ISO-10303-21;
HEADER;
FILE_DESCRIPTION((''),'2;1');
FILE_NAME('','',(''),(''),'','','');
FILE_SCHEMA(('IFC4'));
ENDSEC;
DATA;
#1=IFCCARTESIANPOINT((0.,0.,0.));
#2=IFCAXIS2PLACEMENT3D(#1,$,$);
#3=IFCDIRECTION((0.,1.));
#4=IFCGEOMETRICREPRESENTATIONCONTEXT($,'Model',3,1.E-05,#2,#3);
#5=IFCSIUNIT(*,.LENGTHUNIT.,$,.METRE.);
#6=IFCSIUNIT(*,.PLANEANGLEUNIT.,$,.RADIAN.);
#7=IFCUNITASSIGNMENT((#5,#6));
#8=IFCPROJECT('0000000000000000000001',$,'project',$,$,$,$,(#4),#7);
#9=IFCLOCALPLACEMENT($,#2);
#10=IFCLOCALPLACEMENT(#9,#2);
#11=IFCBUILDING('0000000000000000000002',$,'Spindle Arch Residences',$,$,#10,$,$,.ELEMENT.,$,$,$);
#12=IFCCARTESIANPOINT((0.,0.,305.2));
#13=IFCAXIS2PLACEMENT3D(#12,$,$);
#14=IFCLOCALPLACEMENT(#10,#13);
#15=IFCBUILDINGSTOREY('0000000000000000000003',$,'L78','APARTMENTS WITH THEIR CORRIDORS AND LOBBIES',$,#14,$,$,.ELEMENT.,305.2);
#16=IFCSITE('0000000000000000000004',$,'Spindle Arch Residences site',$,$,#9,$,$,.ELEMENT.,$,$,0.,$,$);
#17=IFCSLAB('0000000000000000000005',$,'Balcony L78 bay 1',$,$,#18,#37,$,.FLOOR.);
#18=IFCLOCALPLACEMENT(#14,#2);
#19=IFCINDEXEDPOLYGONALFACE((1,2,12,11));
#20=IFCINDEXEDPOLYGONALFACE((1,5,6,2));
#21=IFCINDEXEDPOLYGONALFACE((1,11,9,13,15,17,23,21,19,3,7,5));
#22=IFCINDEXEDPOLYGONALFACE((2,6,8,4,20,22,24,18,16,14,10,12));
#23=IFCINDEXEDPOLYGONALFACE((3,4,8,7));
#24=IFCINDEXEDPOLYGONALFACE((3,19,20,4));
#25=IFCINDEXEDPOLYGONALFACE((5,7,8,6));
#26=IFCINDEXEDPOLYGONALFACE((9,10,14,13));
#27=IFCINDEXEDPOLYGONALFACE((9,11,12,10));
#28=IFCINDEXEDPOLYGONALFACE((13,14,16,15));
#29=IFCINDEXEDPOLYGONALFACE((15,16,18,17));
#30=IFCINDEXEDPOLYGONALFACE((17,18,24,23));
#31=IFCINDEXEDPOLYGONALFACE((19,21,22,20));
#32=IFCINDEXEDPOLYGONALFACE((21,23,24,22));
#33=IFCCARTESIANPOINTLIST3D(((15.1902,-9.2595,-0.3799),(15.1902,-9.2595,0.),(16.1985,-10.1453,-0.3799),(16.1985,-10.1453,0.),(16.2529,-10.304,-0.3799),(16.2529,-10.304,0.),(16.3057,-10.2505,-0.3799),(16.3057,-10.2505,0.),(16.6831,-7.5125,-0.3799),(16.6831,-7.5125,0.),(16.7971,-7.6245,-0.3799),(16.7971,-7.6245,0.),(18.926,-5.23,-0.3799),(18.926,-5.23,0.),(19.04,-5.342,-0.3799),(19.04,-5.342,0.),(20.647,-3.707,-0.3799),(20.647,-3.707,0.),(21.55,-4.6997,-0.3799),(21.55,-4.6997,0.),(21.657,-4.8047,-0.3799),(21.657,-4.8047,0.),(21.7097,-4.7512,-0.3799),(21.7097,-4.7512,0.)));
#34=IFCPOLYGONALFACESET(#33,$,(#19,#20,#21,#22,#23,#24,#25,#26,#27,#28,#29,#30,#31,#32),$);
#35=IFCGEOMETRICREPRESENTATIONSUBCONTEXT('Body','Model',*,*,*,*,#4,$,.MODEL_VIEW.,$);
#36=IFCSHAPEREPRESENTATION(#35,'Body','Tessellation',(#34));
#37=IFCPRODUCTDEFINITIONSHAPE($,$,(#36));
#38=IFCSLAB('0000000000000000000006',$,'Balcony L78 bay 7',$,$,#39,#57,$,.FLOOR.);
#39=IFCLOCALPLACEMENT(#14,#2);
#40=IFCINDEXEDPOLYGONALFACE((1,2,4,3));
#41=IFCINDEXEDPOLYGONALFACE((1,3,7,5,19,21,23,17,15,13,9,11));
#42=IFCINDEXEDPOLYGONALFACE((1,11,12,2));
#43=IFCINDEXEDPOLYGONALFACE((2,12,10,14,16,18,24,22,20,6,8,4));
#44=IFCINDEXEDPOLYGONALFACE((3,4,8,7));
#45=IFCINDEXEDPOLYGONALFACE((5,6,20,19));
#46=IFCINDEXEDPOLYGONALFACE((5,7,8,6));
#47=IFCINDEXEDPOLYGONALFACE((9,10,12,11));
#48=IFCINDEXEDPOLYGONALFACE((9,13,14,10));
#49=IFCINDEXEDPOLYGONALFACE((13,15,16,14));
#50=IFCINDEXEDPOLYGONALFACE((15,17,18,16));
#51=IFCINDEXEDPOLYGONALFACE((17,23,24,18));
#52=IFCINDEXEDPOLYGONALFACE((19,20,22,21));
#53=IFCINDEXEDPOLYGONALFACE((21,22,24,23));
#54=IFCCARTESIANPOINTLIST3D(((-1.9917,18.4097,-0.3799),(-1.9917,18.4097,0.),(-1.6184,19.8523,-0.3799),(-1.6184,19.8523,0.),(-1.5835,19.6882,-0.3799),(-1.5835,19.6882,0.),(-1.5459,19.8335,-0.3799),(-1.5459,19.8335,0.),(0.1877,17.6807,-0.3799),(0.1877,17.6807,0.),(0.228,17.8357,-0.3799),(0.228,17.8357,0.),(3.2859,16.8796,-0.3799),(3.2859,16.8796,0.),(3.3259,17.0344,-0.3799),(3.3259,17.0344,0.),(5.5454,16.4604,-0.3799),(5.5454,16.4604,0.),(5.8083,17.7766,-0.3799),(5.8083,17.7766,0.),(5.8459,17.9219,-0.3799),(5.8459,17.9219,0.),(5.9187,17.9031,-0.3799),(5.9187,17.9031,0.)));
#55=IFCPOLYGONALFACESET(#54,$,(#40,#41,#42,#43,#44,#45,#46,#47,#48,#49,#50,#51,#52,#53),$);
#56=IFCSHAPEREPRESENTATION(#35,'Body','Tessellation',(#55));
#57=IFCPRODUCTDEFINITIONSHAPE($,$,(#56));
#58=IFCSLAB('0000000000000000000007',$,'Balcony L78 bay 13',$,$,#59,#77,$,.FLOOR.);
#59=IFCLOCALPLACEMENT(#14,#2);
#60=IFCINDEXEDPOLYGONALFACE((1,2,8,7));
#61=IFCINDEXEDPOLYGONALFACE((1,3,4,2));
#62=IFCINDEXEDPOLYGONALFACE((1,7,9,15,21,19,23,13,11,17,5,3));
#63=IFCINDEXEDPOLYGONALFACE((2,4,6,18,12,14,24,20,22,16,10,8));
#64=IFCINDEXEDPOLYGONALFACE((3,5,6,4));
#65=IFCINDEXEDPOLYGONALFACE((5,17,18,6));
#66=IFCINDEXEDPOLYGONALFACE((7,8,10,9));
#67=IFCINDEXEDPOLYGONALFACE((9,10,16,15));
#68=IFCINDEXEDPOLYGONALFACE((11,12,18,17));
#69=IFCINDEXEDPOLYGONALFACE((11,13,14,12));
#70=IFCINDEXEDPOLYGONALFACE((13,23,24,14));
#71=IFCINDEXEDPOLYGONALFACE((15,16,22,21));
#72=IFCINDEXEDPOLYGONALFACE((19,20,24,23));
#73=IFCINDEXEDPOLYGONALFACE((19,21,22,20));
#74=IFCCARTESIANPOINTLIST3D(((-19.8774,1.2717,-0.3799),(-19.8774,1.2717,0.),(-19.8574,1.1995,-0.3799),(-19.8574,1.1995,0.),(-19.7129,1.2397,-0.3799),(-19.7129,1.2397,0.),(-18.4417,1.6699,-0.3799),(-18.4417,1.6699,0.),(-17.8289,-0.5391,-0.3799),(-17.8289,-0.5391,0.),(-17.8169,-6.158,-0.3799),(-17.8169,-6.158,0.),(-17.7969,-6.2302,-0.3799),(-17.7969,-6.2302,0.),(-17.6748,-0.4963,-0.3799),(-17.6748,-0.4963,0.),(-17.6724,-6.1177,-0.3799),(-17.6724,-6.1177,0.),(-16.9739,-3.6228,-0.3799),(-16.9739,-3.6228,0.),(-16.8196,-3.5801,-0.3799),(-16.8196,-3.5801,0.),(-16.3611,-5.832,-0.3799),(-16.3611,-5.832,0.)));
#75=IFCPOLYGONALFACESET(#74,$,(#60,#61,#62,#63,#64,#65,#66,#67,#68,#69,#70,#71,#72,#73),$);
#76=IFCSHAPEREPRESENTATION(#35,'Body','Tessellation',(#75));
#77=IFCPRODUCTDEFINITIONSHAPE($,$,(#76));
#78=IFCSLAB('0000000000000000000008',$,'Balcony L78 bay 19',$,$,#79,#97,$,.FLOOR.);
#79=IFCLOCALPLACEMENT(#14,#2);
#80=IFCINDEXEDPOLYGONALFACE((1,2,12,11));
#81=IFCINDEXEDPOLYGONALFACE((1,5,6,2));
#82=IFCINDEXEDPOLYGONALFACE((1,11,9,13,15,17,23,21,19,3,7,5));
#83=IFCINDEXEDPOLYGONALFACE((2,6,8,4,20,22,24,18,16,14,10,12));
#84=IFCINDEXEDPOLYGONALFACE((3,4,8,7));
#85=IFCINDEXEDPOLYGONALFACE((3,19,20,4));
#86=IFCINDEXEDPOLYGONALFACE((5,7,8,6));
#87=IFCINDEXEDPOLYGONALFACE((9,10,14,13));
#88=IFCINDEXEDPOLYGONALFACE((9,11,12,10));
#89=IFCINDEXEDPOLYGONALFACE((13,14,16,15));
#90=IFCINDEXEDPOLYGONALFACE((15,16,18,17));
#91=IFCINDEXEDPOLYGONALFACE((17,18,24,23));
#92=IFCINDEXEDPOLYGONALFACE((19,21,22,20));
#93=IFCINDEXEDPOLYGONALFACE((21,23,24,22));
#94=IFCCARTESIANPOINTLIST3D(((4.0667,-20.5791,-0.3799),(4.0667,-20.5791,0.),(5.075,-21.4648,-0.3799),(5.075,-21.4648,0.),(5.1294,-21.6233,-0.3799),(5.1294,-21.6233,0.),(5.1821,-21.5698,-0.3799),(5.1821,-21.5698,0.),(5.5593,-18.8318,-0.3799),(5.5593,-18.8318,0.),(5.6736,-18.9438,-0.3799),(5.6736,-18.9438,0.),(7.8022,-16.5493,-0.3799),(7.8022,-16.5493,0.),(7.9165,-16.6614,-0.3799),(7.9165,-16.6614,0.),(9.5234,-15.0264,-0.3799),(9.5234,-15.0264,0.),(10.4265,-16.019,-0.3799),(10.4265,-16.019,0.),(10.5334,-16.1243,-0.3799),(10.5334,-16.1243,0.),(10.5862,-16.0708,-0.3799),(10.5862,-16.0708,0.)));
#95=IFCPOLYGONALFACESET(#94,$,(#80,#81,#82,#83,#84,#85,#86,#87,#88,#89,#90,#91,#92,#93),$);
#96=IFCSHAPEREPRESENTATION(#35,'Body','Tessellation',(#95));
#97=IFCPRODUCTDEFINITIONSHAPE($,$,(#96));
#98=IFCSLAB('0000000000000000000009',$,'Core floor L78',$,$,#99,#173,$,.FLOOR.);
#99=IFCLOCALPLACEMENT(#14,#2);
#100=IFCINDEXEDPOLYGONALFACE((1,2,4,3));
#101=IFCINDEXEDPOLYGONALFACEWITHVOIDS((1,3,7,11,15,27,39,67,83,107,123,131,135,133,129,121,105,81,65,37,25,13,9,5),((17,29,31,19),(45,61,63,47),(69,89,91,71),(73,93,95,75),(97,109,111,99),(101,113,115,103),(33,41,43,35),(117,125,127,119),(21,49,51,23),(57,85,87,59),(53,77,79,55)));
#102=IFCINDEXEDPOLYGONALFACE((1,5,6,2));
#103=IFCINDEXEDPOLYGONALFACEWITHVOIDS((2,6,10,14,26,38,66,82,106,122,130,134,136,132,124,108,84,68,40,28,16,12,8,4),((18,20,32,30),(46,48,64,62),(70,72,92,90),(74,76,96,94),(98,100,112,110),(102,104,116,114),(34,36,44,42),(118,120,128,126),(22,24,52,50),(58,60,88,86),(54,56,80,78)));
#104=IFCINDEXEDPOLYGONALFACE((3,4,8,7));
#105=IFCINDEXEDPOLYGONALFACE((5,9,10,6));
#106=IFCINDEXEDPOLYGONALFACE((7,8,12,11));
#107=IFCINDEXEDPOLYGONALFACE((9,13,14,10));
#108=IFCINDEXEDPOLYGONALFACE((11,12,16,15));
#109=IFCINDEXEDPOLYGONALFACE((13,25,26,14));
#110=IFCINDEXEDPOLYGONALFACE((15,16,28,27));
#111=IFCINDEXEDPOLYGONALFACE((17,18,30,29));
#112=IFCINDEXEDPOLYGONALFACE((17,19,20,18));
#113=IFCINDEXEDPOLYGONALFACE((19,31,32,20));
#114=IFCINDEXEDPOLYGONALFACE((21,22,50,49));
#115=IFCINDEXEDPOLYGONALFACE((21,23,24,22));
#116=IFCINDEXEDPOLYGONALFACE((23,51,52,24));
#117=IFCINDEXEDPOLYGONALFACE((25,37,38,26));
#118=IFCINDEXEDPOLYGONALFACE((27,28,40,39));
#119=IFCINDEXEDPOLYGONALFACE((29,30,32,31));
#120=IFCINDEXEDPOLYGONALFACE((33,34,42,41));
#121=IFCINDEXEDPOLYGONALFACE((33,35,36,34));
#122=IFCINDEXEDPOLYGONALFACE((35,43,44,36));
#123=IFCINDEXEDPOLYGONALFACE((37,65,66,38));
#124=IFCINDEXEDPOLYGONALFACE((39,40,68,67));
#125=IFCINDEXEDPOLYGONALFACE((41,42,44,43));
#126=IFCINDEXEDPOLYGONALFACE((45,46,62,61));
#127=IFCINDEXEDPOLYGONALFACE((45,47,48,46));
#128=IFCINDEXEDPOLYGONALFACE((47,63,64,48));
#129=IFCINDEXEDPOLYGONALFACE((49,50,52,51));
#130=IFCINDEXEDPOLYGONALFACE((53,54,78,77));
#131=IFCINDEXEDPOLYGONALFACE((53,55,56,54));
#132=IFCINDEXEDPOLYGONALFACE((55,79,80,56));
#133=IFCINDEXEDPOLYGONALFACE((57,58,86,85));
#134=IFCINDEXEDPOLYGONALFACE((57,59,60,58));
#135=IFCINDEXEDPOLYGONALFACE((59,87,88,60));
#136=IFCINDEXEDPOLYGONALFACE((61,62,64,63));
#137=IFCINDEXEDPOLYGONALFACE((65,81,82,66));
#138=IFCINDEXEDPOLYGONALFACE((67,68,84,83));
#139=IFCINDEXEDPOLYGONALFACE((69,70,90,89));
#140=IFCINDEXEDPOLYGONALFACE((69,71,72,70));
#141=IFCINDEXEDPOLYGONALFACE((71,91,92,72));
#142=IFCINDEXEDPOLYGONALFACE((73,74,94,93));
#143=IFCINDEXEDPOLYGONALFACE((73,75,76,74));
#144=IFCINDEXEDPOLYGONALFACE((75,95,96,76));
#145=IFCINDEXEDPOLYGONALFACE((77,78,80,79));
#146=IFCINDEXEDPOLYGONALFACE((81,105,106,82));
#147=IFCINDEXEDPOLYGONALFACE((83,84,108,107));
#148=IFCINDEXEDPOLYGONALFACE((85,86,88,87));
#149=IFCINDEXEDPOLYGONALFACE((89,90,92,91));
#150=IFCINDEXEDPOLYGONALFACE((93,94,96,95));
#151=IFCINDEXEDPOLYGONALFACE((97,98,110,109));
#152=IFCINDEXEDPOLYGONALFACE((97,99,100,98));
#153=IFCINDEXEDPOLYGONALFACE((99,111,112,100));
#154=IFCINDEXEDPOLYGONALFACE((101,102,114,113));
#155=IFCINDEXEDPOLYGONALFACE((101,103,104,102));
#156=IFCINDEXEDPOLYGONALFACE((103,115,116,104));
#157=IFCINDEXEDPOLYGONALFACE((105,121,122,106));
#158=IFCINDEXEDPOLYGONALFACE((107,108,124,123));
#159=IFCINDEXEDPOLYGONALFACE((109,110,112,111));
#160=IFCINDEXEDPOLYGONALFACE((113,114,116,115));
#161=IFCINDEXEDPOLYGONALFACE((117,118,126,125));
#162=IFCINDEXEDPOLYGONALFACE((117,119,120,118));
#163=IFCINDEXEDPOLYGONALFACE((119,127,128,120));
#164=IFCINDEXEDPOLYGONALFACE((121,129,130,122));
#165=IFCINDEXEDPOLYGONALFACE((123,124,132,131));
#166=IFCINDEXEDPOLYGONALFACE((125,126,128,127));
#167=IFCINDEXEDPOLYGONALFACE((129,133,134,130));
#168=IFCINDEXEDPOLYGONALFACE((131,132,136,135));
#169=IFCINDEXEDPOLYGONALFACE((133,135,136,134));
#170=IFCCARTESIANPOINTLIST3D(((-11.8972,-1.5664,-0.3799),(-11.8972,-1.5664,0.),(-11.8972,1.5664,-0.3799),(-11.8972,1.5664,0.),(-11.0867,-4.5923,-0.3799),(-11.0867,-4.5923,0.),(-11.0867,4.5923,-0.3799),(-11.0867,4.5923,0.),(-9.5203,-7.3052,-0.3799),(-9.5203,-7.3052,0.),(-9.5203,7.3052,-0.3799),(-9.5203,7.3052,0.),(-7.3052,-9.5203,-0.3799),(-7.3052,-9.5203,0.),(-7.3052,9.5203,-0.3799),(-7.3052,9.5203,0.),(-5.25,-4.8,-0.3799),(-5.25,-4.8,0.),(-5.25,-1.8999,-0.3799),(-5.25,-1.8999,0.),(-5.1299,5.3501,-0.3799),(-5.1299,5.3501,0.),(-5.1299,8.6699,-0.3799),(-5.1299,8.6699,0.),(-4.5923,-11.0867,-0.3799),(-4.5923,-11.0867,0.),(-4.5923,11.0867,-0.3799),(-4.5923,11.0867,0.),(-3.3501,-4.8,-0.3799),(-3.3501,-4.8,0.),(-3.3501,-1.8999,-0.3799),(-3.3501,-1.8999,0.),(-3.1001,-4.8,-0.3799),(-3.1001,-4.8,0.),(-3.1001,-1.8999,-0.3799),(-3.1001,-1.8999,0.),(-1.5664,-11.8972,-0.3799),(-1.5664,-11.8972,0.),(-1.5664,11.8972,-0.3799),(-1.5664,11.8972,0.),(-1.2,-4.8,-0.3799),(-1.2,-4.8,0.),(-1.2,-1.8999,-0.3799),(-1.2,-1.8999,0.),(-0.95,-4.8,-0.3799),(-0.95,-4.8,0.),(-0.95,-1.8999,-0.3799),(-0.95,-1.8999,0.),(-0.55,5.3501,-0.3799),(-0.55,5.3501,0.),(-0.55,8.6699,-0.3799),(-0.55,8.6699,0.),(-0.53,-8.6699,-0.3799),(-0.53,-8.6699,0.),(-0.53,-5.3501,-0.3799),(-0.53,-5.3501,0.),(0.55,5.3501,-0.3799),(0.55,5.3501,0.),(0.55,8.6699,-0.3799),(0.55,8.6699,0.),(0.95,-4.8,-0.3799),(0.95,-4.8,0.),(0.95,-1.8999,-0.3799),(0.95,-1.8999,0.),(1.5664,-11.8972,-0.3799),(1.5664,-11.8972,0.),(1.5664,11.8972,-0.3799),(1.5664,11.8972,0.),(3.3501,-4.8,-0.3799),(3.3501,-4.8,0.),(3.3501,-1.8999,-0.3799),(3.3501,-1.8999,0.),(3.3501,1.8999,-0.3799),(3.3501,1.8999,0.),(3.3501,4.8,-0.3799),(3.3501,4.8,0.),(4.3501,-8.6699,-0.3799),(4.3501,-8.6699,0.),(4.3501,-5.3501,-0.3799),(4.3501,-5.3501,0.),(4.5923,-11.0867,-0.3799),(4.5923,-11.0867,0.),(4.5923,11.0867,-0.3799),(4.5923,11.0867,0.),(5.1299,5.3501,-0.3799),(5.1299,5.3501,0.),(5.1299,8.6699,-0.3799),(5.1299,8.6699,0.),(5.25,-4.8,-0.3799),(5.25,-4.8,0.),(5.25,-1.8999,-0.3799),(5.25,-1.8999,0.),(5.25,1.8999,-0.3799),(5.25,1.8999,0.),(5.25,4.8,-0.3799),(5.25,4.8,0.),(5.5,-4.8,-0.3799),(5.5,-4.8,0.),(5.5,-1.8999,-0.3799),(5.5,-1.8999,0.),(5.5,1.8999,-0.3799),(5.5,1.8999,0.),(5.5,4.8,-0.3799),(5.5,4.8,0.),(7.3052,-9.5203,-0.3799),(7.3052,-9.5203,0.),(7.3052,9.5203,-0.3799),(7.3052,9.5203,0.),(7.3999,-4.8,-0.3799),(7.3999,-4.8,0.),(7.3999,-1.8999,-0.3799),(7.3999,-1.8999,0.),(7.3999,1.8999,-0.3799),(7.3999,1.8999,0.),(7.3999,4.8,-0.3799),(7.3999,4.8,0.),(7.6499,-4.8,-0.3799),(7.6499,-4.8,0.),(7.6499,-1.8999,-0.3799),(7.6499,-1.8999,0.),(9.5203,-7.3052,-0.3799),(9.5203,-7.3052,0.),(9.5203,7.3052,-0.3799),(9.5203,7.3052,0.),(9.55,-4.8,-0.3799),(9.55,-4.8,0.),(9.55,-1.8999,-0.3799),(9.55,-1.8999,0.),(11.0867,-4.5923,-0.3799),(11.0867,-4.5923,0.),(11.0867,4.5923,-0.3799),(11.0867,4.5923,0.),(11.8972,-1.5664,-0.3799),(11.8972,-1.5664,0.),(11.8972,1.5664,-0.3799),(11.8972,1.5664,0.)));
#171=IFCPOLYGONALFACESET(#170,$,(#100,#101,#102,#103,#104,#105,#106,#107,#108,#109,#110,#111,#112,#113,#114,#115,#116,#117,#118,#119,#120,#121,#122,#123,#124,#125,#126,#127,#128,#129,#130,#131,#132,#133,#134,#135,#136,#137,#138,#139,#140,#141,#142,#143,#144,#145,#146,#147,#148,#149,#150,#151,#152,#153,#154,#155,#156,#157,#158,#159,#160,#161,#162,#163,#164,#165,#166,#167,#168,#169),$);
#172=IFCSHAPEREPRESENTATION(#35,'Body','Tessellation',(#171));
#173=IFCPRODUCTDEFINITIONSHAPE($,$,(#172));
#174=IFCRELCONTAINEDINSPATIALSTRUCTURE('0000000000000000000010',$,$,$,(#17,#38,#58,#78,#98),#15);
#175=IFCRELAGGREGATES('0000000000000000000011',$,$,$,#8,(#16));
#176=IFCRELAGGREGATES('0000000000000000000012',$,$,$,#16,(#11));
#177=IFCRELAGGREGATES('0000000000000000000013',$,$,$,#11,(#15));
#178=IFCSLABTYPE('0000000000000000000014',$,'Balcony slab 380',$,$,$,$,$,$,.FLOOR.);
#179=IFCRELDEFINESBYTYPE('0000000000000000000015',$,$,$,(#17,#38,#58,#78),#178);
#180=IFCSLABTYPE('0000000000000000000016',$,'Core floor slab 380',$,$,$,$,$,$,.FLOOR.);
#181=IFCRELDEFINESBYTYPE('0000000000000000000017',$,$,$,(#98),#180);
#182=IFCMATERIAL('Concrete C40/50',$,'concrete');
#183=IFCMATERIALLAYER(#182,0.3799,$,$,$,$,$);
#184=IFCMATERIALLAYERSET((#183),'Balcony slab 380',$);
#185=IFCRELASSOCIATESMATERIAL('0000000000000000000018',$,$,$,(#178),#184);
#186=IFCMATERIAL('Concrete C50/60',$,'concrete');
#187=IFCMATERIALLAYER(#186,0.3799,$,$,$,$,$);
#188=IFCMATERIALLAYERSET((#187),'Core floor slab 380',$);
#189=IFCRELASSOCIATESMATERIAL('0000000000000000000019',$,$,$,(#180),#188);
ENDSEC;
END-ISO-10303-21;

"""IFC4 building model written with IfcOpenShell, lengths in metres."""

from ifc_helpers import new_model, si_unit, direction, frame, origin, place, context, subcontext, project, spatial, polyline, outline, extrude, material, layer, layer_set, type_object, element, save


model = new_model("IFC4")

# Units and contexts
model_context = context("Model", 3, precision=1e-05, world=origin(), true_north=direction((0.0, 1.0)))
body_context = subcontext(model_context, "Body", "Model", "MODEL_VIEW")
ifc_project = project(units=[si_unit("LENGTHUNIT", "METRE"), si_unit("PLANEANGLEUNIT", "RADIAN")], contexts=[model_context])

# Site, building, storey
site_placement = place(None, origin())
site = spatial("IfcSite", under=ifc_project, at=site_placement, Name="Spindle Arch Residences site", CompositionType="ELEMENT", RefElevation=0.0)
building_placement = place(site_placement, origin())
building = spatial("IfcBuilding", under=site, at=building_placement, Name="Spindle Arch Residences", CompositionType="ELEMENT")
storey_placement = place(building_placement, frame((0.0, 0.0, 305.2)))
storey = spatial("IfcBuildingStorey", under=building, at=storey_placement, Name="L78", Description="APARTMENTS WITH THEIR CORRIDORS AND LOBBIES", CompositionType="ELEMENT", Elevation=305.2)

# Slabs
ifc_material_1 = material(Name="Concrete C40/50", Category="concrete")
ifc_layer_1 = layer(ifc_material_1, 0.3799)
ifc_layer_set_1 = layer_set([ifc_layer_1], Name="Balcony slab 380")
slab_type_1 = type_object("IfcSlabType", Name="Balcony slab 380", PredefinedType="FLOOR", material=ifc_layer_set_1)
slab_1_placement = place(storey_placement, frame((0.0, 0.0, -0.3799)))
element("IfcSlab", 1, at=slab_1_placement, inside=storey, type_object=slab_type_1, Name="Balcony L78 bay 1", PredefinedType="FLOOR", context=body_context, shape_type="SweptSolid", body=[
    extrude(outline(polyline([(16.2529, -10.304), (16.3057, -10.2505), (16.1985, -10.1453), (21.55, -4.6997), (21.657, -4.8047), (21.7097, -4.7512), (20.647, -3.707), (19.04, -5.342), (18.926, -5.23), (16.6831, -7.5125), (16.7971, -7.6245), (15.1902, -9.2595), (16.2529, -10.304)])), origin(), (0.0, 0.0, 1.0), 0.3799),
])
slab_2_placement = place(storey_placement, frame((0.0, 0.0, -0.3799)))
element("IfcSlab", 2, at=slab_2_placement, inside=storey, type_object=slab_type_1, Name="Balcony L78 bay 7", PredefinedType="FLOOR", context=body_context, shape_type="SweptSolid", body=[
    extrude(outline(polyline([(5.9187, 17.9031), (5.8459, 17.9219), (5.8083, 17.7766), (-1.5835, 19.6882), (-1.5459, 19.8335), (-1.6184, 19.8523), (-1.9917, 18.4097), (0.228, 17.8357), (0.1877, 17.6807), (3.2859, 16.8796), (3.3259, 17.0344), (5.5454, 16.4604), (5.9187, 17.9031)])), origin(), (0.0, 0.0, 1.0), 0.3799),
])
slab_3_placement = place(storey_placement, frame((0.0, 0.0, -0.3799)))
element("IfcSlab", 3, at=slab_3_placement, inside=storey, type_object=slab_type_1, Name="Balcony L78 bay 13", PredefinedType="FLOOR", context=body_context, shape_type="SweptSolid", body=[
    extrude(outline(polyline([(-19.8774, 1.2717), (-19.8574, 1.1995), (-19.7129, 1.2397), (-17.6724, -6.1177), (-17.8169, -6.158), (-17.7969, -6.2302), (-16.3611, -5.832), (-16.9739, -3.6228), (-16.8196, -3.5801), (-17.6748, -0.4963), (-17.8289, -0.5391), (-18.4417, 1.6699), (-19.8774, 1.2717)])), origin(), (0.0, 0.0, 1.0), 0.3799),
])
slab_4_placement = place(storey_placement, frame((0.0, 0.0, -0.3799)))
element("IfcSlab", 4, at=slab_4_placement, inside=storey, type_object=slab_type_1, Name="Balcony L78 bay 19", PredefinedType="FLOOR", context=body_context, shape_type="SweptSolid", body=[
    extrude(outline(polyline([(5.1294, -21.6233), (5.1821, -21.5698), (5.075, -21.4648), (10.4265, -16.019), (10.5334, -16.1243), (10.5862, -16.0708), (9.5234, -15.0264), (7.9165, -16.6614), (7.8022, -16.5493), (5.5593, -18.8318), (5.6736, -18.9438), (4.0667, -20.5791), (5.1294, -21.6233)])), origin(), (0.0, 0.0, 1.0), 0.3799),
])
ifc_material_2 = material(Name="Concrete C50/60", Category="concrete")
ifc_layer_2 = layer(ifc_material_2, 0.3799)
ifc_layer_set_2 = layer_set([ifc_layer_2], Name="Core floor slab 380")
slab_type_2 = type_object("IfcSlabType", Name="Core floor slab 380", PredefinedType="FLOOR", material=ifc_layer_set_2)
slab_5_placement = place(storey_placement, frame((0.0, 0.0, -0.3799)))
element("IfcSlab", 5, at=slab_5_placement, inside=storey, type_object=slab_type_2, Name="Core floor L78", PredefinedType="FLOOR", context=body_context, shape_type="SweptSolid", body=[
    extrude(outline(polyline([(1.5664, -11.8972), (4.5923, -11.0867), (7.3052, -9.5203), (9.5203, -7.3052), (11.0867, -4.5923), (11.8972, -1.5664), (11.8972, 1.5664), (11.0867, 4.5923), (9.5203, 7.3052), (7.3052, 9.5203), (4.5923, 11.0867), (1.5664, 11.8972), (-1.5664, 11.8972), (-4.5923, 11.0867), (-7.3052, 9.5203), (-9.5203, 7.3052), (-11.0867, 4.5923), (-11.8972, 1.5664), (-11.8972, -1.5664), (-11.0867, -4.5923), (-9.5203, -7.3052), (-7.3052, -9.5203), (-4.5923, -11.0867), (-1.5664, -11.8972), (1.5664, -11.8972)]), holes=[polyline([(3.3501, 1.8999), (5.25, 1.8999), (5.25, 4.8), (3.3501, 4.8), (3.3501, 1.8999)]), polyline([(5.5, 1.8999), (7.3999, 1.8999), (7.3999, 4.8), (5.5, 4.8), (5.5, 1.8999)]), polyline([(-5.25, -4.8), (-3.3501, -4.8), (-3.3501, -1.8999), (-5.25, -1.8999), (-5.25, -4.8)]), polyline([(-3.1001, -4.8), (-1.2, -4.8), (-1.2, -1.8999), (-3.1001, -1.8999), (-3.1001, -4.8)]), polyline([(-0.95, -4.8), (0.95, -4.8), (0.95, -1.8999), (-0.95, -1.8999), (-0.95, -4.8)]), polyline([(3.3501, -4.8), (5.25, -4.8), (5.25, -1.8999), (3.3501, -1.8999), (3.3501, -4.8)]), polyline([(5.5, -4.8), (7.3999, -4.8), (7.3999, -1.8999), (5.5, -1.8999), (5.5, -4.8)]), polyline([(7.6499, -4.8), (9.55, -4.8), (9.55, -1.8999), (7.6499, -1.8999), (7.6499, -4.8)]), polyline([(5.1299, 8.6699), (0.55, 8.6699), (0.55, 5.3501), (5.1299, 5.3501), (5.1299, 8.6699)]), polyline([(-5.1299, 5.3501), (-0.55, 5.3501), (-0.55, 8.6699), (-5.1299, 8.6699), (-5.1299, 5.3501)]), polyline([(-0.53, -8.6699), (4.3501, -8.6699), (4.3501, -5.3501), (-0.53, -5.3501), (-0.53, -8.6699)])]), origin(), (0.0, 0.0, 1.0), 0.3799),
])

save(model, "model.ifc")
